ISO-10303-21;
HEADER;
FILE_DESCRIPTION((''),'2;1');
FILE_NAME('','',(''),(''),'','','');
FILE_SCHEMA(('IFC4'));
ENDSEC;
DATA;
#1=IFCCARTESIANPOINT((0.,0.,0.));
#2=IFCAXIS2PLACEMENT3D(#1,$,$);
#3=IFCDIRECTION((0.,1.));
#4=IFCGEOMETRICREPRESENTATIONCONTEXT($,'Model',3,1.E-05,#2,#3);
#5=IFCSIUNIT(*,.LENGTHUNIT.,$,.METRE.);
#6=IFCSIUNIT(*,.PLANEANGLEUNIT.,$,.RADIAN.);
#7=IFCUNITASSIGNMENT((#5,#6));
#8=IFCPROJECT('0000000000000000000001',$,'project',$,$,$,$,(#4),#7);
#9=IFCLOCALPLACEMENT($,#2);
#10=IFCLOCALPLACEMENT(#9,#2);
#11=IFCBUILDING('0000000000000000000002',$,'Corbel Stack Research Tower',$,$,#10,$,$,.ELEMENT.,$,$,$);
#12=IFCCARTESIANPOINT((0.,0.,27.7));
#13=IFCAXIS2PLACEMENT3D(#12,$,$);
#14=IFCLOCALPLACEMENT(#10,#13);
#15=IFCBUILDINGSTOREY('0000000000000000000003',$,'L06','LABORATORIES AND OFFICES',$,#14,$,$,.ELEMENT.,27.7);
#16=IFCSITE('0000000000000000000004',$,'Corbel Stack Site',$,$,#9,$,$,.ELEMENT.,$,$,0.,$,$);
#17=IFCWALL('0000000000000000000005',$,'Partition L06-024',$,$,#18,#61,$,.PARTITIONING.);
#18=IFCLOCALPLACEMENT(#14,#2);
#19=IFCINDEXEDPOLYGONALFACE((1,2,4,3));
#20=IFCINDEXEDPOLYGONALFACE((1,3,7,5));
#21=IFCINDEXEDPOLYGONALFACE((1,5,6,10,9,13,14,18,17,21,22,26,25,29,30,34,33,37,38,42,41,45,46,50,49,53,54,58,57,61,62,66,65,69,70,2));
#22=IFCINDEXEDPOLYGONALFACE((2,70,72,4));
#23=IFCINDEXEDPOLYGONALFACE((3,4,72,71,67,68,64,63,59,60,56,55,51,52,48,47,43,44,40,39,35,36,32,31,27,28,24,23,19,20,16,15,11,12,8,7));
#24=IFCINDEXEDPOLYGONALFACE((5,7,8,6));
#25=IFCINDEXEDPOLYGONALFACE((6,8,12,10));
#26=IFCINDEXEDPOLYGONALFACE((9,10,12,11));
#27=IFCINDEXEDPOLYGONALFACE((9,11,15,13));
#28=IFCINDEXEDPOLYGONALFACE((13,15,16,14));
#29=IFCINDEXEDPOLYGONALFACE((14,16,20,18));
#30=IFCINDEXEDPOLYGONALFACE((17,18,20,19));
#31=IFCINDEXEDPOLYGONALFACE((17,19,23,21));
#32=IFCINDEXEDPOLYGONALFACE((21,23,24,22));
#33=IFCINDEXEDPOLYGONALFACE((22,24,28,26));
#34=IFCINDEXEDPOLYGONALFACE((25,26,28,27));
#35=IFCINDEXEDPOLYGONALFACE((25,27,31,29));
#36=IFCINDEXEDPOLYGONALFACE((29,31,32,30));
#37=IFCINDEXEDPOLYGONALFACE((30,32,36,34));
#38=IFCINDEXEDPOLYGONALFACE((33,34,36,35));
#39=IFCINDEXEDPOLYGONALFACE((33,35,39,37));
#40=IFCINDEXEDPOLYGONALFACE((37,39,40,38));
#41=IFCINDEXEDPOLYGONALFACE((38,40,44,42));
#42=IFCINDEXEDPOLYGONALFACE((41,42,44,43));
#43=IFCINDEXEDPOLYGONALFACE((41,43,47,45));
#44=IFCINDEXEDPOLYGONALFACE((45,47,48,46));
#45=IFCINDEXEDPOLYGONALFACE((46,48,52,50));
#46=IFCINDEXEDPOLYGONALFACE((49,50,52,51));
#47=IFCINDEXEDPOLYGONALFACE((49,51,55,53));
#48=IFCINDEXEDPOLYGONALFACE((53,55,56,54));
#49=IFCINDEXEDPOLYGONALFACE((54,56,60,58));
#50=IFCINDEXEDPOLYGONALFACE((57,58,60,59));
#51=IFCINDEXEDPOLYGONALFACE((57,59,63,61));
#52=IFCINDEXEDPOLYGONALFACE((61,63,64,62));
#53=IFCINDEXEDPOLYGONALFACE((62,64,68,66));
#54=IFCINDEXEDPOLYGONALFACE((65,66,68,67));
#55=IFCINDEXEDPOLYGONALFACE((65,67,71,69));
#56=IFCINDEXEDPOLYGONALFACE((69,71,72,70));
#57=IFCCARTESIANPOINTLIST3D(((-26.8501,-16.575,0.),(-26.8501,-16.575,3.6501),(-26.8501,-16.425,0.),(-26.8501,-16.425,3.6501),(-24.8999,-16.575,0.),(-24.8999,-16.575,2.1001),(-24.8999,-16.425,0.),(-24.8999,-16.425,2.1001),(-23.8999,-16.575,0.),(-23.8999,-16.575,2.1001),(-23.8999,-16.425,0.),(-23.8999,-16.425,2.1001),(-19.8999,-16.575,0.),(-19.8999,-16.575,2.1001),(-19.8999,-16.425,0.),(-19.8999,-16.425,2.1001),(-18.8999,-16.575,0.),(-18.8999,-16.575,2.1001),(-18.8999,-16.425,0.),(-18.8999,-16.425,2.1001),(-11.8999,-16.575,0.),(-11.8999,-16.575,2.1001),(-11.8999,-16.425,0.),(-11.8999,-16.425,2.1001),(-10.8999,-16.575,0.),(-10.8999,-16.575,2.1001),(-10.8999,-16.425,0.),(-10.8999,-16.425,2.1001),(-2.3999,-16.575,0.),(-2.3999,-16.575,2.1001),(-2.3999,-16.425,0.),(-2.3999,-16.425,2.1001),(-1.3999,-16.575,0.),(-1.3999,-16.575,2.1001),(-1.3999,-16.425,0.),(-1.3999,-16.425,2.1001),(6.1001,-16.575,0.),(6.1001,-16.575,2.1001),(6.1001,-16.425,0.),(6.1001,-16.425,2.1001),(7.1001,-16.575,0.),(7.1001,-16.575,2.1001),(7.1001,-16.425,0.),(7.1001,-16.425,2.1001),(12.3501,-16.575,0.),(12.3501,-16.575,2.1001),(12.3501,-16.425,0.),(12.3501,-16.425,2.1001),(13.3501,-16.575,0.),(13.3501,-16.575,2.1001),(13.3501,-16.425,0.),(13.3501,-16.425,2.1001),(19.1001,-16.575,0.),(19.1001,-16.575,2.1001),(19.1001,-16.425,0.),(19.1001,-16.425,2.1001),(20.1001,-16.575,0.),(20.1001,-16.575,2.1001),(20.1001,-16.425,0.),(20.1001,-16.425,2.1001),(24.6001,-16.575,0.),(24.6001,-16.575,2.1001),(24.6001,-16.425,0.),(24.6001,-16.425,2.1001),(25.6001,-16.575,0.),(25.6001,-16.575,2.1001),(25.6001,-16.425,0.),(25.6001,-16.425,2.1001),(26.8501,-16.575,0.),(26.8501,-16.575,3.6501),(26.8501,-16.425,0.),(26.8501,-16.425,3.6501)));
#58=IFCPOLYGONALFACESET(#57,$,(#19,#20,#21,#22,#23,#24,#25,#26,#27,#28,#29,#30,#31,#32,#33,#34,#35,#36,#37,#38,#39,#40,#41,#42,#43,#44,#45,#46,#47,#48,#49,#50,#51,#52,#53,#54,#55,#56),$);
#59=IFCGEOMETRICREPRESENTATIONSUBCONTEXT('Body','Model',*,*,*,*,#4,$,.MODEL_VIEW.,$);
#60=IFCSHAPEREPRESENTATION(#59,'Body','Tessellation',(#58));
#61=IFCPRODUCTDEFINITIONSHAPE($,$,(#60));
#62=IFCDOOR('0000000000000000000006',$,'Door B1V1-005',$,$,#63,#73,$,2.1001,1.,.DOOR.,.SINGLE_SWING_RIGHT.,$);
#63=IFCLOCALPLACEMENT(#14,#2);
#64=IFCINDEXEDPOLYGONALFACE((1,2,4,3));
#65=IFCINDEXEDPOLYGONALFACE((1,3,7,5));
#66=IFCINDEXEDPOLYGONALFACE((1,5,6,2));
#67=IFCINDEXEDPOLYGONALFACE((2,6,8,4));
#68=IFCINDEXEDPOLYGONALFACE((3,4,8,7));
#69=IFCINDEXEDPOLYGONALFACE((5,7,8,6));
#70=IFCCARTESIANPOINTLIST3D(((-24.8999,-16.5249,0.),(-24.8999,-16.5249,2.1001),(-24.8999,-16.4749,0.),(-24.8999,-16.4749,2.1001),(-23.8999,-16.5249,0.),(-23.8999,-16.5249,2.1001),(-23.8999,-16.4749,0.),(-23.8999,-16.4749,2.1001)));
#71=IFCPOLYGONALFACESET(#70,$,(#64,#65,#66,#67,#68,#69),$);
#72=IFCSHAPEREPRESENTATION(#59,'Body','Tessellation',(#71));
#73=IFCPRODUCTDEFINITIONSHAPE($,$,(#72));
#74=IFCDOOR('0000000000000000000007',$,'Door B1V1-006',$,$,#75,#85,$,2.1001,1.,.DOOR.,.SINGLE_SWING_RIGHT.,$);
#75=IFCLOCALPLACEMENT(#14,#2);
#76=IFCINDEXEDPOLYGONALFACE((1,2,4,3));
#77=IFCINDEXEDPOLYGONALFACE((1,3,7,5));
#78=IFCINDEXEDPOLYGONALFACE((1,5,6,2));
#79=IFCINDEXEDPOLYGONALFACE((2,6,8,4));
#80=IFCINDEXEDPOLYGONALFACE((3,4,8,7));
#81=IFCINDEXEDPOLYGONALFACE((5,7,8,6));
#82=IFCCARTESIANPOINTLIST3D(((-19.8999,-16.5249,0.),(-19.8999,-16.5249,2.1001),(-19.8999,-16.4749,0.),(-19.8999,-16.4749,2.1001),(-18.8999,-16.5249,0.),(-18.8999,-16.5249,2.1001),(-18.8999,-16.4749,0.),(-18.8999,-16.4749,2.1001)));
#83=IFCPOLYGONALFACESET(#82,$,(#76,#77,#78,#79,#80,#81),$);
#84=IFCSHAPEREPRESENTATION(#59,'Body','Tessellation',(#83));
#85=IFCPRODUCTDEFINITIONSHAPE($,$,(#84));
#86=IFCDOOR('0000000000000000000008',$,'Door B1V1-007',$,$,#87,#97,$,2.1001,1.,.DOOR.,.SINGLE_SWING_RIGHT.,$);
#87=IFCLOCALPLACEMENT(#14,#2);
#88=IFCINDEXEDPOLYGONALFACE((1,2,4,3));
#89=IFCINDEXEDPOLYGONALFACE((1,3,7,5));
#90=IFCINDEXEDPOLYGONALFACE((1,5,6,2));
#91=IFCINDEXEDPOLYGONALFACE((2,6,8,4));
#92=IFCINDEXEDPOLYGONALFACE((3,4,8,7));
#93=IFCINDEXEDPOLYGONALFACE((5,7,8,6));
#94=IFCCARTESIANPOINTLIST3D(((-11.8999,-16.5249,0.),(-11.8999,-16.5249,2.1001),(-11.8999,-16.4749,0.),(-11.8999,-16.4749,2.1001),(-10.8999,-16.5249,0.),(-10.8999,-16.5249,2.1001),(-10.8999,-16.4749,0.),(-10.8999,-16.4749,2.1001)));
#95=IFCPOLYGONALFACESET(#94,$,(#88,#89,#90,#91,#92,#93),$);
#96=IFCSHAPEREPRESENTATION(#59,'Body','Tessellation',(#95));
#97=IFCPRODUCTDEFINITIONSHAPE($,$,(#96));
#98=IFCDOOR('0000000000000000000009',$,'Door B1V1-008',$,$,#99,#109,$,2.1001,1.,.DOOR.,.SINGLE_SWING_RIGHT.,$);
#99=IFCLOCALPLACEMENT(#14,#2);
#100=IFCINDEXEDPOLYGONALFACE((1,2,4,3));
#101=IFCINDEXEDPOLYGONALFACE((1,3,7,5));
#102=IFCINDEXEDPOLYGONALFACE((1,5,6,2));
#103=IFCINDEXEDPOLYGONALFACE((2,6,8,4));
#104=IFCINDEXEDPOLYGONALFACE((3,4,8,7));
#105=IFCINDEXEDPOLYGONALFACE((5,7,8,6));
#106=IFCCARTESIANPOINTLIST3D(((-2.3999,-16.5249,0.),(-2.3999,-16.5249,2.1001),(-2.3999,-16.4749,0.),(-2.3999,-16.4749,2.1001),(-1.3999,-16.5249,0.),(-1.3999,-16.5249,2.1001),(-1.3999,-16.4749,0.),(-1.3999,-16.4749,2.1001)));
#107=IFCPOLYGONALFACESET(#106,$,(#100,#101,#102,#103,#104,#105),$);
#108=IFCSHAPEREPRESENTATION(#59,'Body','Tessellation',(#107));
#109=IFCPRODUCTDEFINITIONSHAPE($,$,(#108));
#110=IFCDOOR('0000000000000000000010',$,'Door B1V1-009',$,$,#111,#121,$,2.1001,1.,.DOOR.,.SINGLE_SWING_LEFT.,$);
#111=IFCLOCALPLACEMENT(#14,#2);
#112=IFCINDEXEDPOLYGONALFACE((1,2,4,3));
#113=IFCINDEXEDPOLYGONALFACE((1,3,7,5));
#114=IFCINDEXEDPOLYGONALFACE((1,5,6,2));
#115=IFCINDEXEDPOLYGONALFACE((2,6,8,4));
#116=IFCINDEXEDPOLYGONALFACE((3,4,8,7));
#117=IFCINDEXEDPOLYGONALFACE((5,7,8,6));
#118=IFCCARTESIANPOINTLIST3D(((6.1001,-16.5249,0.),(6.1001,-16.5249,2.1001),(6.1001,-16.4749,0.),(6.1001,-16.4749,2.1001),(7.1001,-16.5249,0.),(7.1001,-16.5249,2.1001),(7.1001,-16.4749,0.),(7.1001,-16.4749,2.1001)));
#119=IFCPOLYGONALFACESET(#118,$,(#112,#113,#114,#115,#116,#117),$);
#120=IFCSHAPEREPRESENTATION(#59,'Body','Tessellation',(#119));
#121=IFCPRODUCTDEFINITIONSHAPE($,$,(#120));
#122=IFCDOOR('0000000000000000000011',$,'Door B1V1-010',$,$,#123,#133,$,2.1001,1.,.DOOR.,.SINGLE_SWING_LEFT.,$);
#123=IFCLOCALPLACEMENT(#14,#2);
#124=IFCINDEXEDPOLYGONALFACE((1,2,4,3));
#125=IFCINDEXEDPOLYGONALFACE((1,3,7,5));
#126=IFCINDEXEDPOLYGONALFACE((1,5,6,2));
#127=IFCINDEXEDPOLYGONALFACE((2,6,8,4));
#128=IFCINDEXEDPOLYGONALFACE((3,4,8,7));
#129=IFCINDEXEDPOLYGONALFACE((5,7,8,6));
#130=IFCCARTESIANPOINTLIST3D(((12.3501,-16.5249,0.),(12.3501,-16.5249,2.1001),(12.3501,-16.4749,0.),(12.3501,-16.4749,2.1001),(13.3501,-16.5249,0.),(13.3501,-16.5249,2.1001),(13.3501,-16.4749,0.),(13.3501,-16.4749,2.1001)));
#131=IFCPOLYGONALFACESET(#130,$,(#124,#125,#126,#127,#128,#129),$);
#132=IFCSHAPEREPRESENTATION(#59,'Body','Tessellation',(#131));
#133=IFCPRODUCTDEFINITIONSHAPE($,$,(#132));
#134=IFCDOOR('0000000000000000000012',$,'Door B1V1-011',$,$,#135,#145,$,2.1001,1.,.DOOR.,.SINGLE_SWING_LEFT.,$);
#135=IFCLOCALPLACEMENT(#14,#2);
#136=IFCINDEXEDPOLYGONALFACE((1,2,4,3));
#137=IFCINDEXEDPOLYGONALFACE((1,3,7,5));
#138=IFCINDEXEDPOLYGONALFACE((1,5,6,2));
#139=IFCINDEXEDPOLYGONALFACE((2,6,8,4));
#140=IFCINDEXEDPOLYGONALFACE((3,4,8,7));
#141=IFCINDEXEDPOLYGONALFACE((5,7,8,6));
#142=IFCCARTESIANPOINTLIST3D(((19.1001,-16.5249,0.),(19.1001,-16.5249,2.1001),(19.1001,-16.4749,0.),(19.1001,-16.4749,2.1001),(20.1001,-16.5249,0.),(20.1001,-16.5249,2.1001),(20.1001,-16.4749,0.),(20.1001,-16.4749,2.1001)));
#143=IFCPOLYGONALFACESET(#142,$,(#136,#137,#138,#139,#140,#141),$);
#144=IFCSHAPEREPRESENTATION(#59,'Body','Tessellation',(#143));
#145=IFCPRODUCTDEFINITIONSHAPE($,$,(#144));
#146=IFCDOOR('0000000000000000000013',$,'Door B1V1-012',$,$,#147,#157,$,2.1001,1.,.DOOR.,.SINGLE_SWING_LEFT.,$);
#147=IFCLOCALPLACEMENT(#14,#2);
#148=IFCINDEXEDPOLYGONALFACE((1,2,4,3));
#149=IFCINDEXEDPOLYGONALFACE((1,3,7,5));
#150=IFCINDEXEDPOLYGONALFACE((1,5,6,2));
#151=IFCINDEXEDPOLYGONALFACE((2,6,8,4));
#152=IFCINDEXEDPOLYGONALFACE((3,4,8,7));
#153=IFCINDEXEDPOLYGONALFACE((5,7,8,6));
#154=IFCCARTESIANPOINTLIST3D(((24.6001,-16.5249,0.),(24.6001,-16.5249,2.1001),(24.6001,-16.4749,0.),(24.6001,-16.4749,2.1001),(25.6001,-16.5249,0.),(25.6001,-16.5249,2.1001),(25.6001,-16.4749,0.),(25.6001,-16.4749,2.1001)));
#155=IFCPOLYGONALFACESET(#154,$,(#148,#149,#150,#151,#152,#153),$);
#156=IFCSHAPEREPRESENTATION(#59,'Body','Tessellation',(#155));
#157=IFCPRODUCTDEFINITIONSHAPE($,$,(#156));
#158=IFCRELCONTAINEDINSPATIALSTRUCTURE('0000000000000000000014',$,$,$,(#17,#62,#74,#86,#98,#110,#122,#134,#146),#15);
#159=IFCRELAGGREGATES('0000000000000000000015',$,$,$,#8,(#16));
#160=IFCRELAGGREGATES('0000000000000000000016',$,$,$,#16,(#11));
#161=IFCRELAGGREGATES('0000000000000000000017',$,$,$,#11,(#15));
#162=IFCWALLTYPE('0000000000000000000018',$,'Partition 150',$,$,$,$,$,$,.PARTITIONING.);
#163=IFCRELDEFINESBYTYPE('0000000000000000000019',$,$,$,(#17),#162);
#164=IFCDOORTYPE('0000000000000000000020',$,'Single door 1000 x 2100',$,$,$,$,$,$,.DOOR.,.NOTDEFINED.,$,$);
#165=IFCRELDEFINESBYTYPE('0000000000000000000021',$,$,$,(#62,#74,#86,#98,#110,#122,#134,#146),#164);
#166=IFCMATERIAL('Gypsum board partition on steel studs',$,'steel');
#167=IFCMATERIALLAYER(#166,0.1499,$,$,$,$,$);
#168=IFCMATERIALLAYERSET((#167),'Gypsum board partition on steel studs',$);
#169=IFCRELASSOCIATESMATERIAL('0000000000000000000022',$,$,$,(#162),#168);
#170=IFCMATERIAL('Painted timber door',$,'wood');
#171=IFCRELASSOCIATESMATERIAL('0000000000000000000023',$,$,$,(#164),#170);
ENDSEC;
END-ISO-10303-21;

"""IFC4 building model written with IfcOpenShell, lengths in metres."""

from ifc_helpers import new_model, si_unit, direction, frame, frame_2d, origin, place, context, subcontext, project, spatial, rectangle, extrude, material, layer, layer_set, type_object, element, fill, save


model = new_model("IFC4")

# Units and contexts
model_context = context("Model", 3, precision=1e-05, world=origin(), true_north=direction((0.0, 1.0)))
body_context = subcontext(model_context, "Body", "Model", "MODEL_VIEW")
ifc_project = project(units=[si_unit("LENGTHUNIT", "METRE"), si_unit("PLANEANGLEUNIT", "RADIAN")], contexts=[model_context])

# Site, building, storey
site_placement = place(None, origin())
site = spatial("IfcSite", under=ifc_project, at=site_placement, Name="Corbel Stack Site", CompositionType="ELEMENT", RefElevation=0.0)
building_placement = place(site_placement, origin())
building = spatial("IfcBuilding", under=site, at=building_placement, Name="Corbel Stack Research Tower", CompositionType="ELEMENT")
storey_placement = place(building_placement, frame((0.0, 0.0, 27.7)))
storey = spatial("IfcBuildingStorey", under=building, at=storey_placement, Name="L06", Description="LABORATORIES AND OFFICES", CompositionType="ELEMENT", Elevation=27.7)

# Wall, openings, doors
ifc_material_1 = material(Name="Gypsum board partition on steel studs", Category="steel")
ifc_layer_1 = layer(ifc_material_1, 0.1499)
ifc_layer_set_1 = layer_set([ifc_layer_1], Name="Gypsum board partition on steel studs")
wall_type_1 = type_object("IfcWallType", Name="Partition 150", PredefinedType="PARTITIONING", material=ifc_layer_set_1)
wall_1_placement = place(storey_placement, frame((26.8501, -16.5, 0.0), z_axis=(0.0, 0.0, 1.0), x_axis=(-1.0, 0.0, 0.0)))
wall_1 = element("IfcWall", 1, at=wall_1_placement, inside=storey, type_object=wall_type_1, Name="Partition L06-024", PredefinedType="PARTITIONING", context=body_context, shape_type="SweptSolid", body=[
    extrude(rectangle(XDim=53.7002, YDim=0.1499, at=frame_2d((26.8501, 0.0))), origin(), (0.0, 0.0, 1.0), 3.6501),
])
opening_1_placement = place(wall_1_placement, frame((50.75, 0.0, 0.0)))
opening_1 = element("IfcOpeningElement", 2, at=opening_1_placement, cuts=wall_1, PredefinedType="OPENING", context=body_context, shape_type="SweptSolid", body=[
    extrude(rectangle(XDim=1.0, YDim=2.1001, at=frame_2d((0.5, 1.05))), frame((0.0, 0.085, 0.0), z_axis=(0.0, -1.0, 0.0), x_axis=(1.0, 0.0, 0.0)), (0.0, 0.0, 1.0), 0.1699),
])
opening_2_placement = place(wall_1_placement, frame((45.75, 0.0, 0.0)))
opening_2 = element("IfcOpeningElement", 3, at=opening_2_placement, cuts=wall_1, PredefinedType="OPENING", context=body_context, shape_type="SweptSolid", body=[
    extrude(rectangle(XDim=1.0, YDim=2.1001, at=frame_2d((0.5, 1.05))), frame((0.0, 0.085, 0.0), z_axis=(0.0, -1.0, 0.0), x_axis=(1.0, 0.0, 0.0)), (0.0, 0.0, 1.0), 0.1699),
])
opening_3_placement = place(wall_1_placement, frame((37.75, 0.0, 0.0)))
opening_3 = element("IfcOpeningElement", 4, at=opening_3_placement, cuts=wall_1, PredefinedType="OPENING", context=body_context, shape_type="SweptSolid", body=[
    extrude(rectangle(XDim=1.0, YDim=2.1001, at=frame_2d((0.5, 1.05))), frame((0.0, 0.085, 0.0), z_axis=(0.0, -1.0, 0.0), x_axis=(1.0, 0.0, 0.0)), (0.0, 0.0, 1.0), 0.1699),
])
opening_4_placement = place(wall_1_placement, frame((28.25, 0.0, 0.0)))
opening_4 = element("IfcOpeningElement", 5, at=opening_4_placement, cuts=wall_1, PredefinedType="OPENING", context=body_context, shape_type="SweptSolid", body=[
    extrude(rectangle(XDim=1.0, YDim=2.1001, at=frame_2d((0.5, 1.05))), frame((0.0, 0.085, 0.0), z_axis=(0.0, -1.0, 0.0), x_axis=(1.0, 0.0, 0.0)), (0.0, 0.0, 1.0), 0.1699),
])
opening_5_placement = place(wall_1_placement, frame((19.75, 0.0, 0.0)))
opening_5 = element("IfcOpeningElement", 6, at=opening_5_placement, cuts=wall_1, PredefinedType="OPENING", context=body_context, shape_type="SweptSolid", body=[
    extrude(rectangle(XDim=1.0, YDim=2.1001, at=frame_2d((0.5, 1.05))), frame((0.0, 0.085, 0.0), z_axis=(0.0, -1.0, 0.0), x_axis=(1.0, 0.0, 0.0)), (0.0, 0.0, 1.0), 0.1699),
])
opening_6_placement = place(wall_1_placement, frame((13.5, 0.0, 0.0)))
opening_6 = element("IfcOpeningElement", 7, at=opening_6_placement, cuts=wall_1, PredefinedType="OPENING", context=body_context, shape_type="SweptSolid", body=[
    extrude(rectangle(XDim=1.0, YDim=2.1001, at=frame_2d((0.5, 1.05))), frame((0.0, 0.085, 0.0), z_axis=(0.0, -1.0, 0.0), x_axis=(1.0, 0.0, 0.0)), (0.0, 0.0, 1.0), 0.1699),
])
opening_7_placement = place(wall_1_placement, frame((6.75, 0.0, 0.0)))
opening_7 = element("IfcOpeningElement", 8, at=opening_7_placement, cuts=wall_1, PredefinedType="OPENING", context=body_context, shape_type="SweptSolid", body=[
    extrude(rectangle(XDim=1.0, YDim=2.1001, at=frame_2d((0.5, 1.05))), frame((0.0, 0.085, 0.0), z_axis=(0.0, -1.0, 0.0), x_axis=(1.0, 0.0, 0.0)), (0.0, 0.0, 1.0), 0.1699),
])
opening_8_placement = place(wall_1_placement, frame((1.25, 0.0, 0.0)))
opening_8 = element("IfcOpeningElement", 9, at=opening_8_placement, cuts=wall_1, PredefinedType="OPENING", context=body_context, shape_type="SweptSolid", body=[
    extrude(rectangle(XDim=1.0, YDim=2.1001, at=frame_2d((0.5, 1.05))), frame((0.0, 0.085, 0.0), z_axis=(0.0, -1.0, 0.0), x_axis=(1.0, 0.0, 0.0)), (0.0, 0.0, 1.0), 0.1699),
])
ifc_material_2 = material(Name="Painted timber door", Category="wood")
door_type_1 = type_object("IfcDoorType", Name="Single door 1000 x 2100", OperationType="NOTDEFINED", PredefinedType="DOOR", material=ifc_material_2)
door_1_placement = place(opening_1_placement, origin())
door_1 = element("IfcDoor", 10, at=door_1_placement, inside=storey, type_object=door_type_1, Name="Door B1V1-005", OperationType="SINGLE_SWING_RIGHT", OverallHeight=2.1001, OverallWidth=1.0, PredefinedType="DOOR", context=body_context, shape_type="SweptSolid", body=[
    extrude(rectangle(XDim=1.0, YDim=2.1001, at=frame_2d((0.5, 1.05))), frame((0.0, 0.0249, 0.0), z_axis=(0.0, -1.0, 0.0), x_axis=(1.0, 0.0, 0.0)), (0.0, 0.0, 1.0), 0.05),
])
fill(opening_1, door_1)
door_2_placement = place(opening_2_placement, origin())
door_2 = element("IfcDoor", 11, at=door_2_placement, inside=storey, type_object=door_type_1, Name="Door B1V1-006", OperationType="SINGLE_SWING_RIGHT", OverallHeight=2.1001, OverallWidth=1.0, PredefinedType="DOOR", context=body_context, shape_type="SweptSolid", body=[
    extrude(rectangle(XDim=1.0, YDim=2.1001, at=frame_2d((0.5, 1.05))), frame((0.0, 0.0249, 0.0), z_axis=(0.0, -1.0, 0.0), x_axis=(1.0, 0.0, 0.0)), (0.0, 0.0, 1.0), 0.05),
])
fill(opening_2, door_2)
door_3_placement = place(opening_3_placement, origin())
door_3 = element("IfcDoor", 12, at=door_3_placement, inside=storey, type_object=door_type_1, Name="Door B1V1-007", OperationType="SINGLE_SWING_RIGHT", OverallHeight=2.1001, OverallWidth=1.0, PredefinedType="DOOR", context=body_context, shape_type="SweptSolid", body=[
    extrude(rectangle(XDim=1.0, YDim=2.1001, at=frame_2d((0.5, 1.05))), frame((0.0, 0.0249, 0.0), z_axis=(0.0, -1.0, 0.0), x_axis=(1.0, 0.0, 0.0)), (0.0, 0.0, 1.0), 0.05),
])
fill(opening_3, door_3)
door_4_placement = place(opening_4_placement, origin())
door_4 = element("IfcDoor", 13, at=door_4_placement, inside=storey, type_object=door_type_1, Name="Door B1V1-008", OperationType="SINGLE_SWING_RIGHT", OverallHeight=2.1001, OverallWidth=1.0, PredefinedType="DOOR", context=body_context, shape_type="SweptSolid", body=[
    extrude(rectangle(XDim=1.0, YDim=2.1001, at=frame_2d((0.5, 1.05))), frame((0.0, 0.0249, 0.0), z_axis=(0.0, -1.0, 0.0), x_axis=(1.0, 0.0, 0.0)), (0.0, 0.0, 1.0), 0.05),
])
fill(opening_4, door_4)
door_5_placement = place(opening_5_placement, origin())
door_5 = element("IfcDoor", 14, at=door_5_placement, inside=storey, type_object=door_type_1, Name="Door B1V1-009", OperationType="SINGLE_SWING_LEFT", OverallHeight=2.1001, OverallWidth=1.0, PredefinedType="DOOR", context=body_context, shape_type="SweptSolid", body=[
    extrude(rectangle(XDim=1.0, YDim=2.1001, at=frame_2d((0.5, 1.05))), frame((0.0, 0.0249, 0.0), z_axis=(0.0, -1.0, 0.0), x_axis=(1.0, 0.0, 0.0)), (0.0, 0.0, 1.0), 0.05),
])
fill(opening_5, door_5)
door_6_placement = place(opening_6_placement, origin())
door_6 = element("IfcDoor", 15, at=door_6_placement, inside=storey, type_object=door_type_1, Name="Door B1V1-010", OperationType="SINGLE_SWING_LEFT", OverallHeight=2.1001, OverallWidth=1.0, PredefinedType="DOOR", context=body_context, shape_type="SweptSolid", body=[
    extrude(rectangle(XDim=1.0, YDim=2.1001, at=frame_2d((0.5, 1.05))), frame((0.0, 0.0249, 0.0), z_axis=(0.0, -1.0, 0.0), x_axis=(1.0, 0.0, 0.0)), (0.0, 0.0, 1.0), 0.05),
])
fill(opening_6, door_6)
door_7_placement = place(opening_7_placement, origin())
door_7 = element("IfcDoor", 16, at=door_7_placement, inside=storey, type_object=door_type_1, Name="Door B1V1-011", OperationType="SINGLE_SWING_LEFT", OverallHeight=2.1001, OverallWidth=1.0, PredefinedType="DOOR", context=body_context, shape_type="SweptSolid", body=[
    extrude(rectangle(XDim=1.0, YDim=2.1001, at=frame_2d((0.5, 1.05))), frame((0.0, 0.0249, 0.0), z_axis=(0.0, -1.0, 0.0), x_axis=(1.0, 0.0, 0.0)), (0.0, 0.0, 1.0), 0.05),
])
fill(opening_7, door_7)
door_8_placement = place(opening_8_placement, origin())
door_8 = element("IfcDoor", 17, at=door_8_placement, inside=storey, type_object=door_type_1, Name="Door B1V1-012", OperationType="SINGLE_SWING_LEFT", OverallHeight=2.1001, OverallWidth=1.0, PredefinedType="DOOR", context=body_context, shape_type="SweptSolid", body=[
    extrude(rectangle(XDim=1.0, YDim=2.1001, at=frame_2d((0.5, 1.05))), frame((0.0, 0.0249, 0.0), z_axis=(0.0, -1.0, 0.0), x_axis=(1.0, 0.0, 0.0)), (0.0, 0.0, 1.0), 0.05),
])
fill(opening_8, door_8)

save(model, "model.ifc")
